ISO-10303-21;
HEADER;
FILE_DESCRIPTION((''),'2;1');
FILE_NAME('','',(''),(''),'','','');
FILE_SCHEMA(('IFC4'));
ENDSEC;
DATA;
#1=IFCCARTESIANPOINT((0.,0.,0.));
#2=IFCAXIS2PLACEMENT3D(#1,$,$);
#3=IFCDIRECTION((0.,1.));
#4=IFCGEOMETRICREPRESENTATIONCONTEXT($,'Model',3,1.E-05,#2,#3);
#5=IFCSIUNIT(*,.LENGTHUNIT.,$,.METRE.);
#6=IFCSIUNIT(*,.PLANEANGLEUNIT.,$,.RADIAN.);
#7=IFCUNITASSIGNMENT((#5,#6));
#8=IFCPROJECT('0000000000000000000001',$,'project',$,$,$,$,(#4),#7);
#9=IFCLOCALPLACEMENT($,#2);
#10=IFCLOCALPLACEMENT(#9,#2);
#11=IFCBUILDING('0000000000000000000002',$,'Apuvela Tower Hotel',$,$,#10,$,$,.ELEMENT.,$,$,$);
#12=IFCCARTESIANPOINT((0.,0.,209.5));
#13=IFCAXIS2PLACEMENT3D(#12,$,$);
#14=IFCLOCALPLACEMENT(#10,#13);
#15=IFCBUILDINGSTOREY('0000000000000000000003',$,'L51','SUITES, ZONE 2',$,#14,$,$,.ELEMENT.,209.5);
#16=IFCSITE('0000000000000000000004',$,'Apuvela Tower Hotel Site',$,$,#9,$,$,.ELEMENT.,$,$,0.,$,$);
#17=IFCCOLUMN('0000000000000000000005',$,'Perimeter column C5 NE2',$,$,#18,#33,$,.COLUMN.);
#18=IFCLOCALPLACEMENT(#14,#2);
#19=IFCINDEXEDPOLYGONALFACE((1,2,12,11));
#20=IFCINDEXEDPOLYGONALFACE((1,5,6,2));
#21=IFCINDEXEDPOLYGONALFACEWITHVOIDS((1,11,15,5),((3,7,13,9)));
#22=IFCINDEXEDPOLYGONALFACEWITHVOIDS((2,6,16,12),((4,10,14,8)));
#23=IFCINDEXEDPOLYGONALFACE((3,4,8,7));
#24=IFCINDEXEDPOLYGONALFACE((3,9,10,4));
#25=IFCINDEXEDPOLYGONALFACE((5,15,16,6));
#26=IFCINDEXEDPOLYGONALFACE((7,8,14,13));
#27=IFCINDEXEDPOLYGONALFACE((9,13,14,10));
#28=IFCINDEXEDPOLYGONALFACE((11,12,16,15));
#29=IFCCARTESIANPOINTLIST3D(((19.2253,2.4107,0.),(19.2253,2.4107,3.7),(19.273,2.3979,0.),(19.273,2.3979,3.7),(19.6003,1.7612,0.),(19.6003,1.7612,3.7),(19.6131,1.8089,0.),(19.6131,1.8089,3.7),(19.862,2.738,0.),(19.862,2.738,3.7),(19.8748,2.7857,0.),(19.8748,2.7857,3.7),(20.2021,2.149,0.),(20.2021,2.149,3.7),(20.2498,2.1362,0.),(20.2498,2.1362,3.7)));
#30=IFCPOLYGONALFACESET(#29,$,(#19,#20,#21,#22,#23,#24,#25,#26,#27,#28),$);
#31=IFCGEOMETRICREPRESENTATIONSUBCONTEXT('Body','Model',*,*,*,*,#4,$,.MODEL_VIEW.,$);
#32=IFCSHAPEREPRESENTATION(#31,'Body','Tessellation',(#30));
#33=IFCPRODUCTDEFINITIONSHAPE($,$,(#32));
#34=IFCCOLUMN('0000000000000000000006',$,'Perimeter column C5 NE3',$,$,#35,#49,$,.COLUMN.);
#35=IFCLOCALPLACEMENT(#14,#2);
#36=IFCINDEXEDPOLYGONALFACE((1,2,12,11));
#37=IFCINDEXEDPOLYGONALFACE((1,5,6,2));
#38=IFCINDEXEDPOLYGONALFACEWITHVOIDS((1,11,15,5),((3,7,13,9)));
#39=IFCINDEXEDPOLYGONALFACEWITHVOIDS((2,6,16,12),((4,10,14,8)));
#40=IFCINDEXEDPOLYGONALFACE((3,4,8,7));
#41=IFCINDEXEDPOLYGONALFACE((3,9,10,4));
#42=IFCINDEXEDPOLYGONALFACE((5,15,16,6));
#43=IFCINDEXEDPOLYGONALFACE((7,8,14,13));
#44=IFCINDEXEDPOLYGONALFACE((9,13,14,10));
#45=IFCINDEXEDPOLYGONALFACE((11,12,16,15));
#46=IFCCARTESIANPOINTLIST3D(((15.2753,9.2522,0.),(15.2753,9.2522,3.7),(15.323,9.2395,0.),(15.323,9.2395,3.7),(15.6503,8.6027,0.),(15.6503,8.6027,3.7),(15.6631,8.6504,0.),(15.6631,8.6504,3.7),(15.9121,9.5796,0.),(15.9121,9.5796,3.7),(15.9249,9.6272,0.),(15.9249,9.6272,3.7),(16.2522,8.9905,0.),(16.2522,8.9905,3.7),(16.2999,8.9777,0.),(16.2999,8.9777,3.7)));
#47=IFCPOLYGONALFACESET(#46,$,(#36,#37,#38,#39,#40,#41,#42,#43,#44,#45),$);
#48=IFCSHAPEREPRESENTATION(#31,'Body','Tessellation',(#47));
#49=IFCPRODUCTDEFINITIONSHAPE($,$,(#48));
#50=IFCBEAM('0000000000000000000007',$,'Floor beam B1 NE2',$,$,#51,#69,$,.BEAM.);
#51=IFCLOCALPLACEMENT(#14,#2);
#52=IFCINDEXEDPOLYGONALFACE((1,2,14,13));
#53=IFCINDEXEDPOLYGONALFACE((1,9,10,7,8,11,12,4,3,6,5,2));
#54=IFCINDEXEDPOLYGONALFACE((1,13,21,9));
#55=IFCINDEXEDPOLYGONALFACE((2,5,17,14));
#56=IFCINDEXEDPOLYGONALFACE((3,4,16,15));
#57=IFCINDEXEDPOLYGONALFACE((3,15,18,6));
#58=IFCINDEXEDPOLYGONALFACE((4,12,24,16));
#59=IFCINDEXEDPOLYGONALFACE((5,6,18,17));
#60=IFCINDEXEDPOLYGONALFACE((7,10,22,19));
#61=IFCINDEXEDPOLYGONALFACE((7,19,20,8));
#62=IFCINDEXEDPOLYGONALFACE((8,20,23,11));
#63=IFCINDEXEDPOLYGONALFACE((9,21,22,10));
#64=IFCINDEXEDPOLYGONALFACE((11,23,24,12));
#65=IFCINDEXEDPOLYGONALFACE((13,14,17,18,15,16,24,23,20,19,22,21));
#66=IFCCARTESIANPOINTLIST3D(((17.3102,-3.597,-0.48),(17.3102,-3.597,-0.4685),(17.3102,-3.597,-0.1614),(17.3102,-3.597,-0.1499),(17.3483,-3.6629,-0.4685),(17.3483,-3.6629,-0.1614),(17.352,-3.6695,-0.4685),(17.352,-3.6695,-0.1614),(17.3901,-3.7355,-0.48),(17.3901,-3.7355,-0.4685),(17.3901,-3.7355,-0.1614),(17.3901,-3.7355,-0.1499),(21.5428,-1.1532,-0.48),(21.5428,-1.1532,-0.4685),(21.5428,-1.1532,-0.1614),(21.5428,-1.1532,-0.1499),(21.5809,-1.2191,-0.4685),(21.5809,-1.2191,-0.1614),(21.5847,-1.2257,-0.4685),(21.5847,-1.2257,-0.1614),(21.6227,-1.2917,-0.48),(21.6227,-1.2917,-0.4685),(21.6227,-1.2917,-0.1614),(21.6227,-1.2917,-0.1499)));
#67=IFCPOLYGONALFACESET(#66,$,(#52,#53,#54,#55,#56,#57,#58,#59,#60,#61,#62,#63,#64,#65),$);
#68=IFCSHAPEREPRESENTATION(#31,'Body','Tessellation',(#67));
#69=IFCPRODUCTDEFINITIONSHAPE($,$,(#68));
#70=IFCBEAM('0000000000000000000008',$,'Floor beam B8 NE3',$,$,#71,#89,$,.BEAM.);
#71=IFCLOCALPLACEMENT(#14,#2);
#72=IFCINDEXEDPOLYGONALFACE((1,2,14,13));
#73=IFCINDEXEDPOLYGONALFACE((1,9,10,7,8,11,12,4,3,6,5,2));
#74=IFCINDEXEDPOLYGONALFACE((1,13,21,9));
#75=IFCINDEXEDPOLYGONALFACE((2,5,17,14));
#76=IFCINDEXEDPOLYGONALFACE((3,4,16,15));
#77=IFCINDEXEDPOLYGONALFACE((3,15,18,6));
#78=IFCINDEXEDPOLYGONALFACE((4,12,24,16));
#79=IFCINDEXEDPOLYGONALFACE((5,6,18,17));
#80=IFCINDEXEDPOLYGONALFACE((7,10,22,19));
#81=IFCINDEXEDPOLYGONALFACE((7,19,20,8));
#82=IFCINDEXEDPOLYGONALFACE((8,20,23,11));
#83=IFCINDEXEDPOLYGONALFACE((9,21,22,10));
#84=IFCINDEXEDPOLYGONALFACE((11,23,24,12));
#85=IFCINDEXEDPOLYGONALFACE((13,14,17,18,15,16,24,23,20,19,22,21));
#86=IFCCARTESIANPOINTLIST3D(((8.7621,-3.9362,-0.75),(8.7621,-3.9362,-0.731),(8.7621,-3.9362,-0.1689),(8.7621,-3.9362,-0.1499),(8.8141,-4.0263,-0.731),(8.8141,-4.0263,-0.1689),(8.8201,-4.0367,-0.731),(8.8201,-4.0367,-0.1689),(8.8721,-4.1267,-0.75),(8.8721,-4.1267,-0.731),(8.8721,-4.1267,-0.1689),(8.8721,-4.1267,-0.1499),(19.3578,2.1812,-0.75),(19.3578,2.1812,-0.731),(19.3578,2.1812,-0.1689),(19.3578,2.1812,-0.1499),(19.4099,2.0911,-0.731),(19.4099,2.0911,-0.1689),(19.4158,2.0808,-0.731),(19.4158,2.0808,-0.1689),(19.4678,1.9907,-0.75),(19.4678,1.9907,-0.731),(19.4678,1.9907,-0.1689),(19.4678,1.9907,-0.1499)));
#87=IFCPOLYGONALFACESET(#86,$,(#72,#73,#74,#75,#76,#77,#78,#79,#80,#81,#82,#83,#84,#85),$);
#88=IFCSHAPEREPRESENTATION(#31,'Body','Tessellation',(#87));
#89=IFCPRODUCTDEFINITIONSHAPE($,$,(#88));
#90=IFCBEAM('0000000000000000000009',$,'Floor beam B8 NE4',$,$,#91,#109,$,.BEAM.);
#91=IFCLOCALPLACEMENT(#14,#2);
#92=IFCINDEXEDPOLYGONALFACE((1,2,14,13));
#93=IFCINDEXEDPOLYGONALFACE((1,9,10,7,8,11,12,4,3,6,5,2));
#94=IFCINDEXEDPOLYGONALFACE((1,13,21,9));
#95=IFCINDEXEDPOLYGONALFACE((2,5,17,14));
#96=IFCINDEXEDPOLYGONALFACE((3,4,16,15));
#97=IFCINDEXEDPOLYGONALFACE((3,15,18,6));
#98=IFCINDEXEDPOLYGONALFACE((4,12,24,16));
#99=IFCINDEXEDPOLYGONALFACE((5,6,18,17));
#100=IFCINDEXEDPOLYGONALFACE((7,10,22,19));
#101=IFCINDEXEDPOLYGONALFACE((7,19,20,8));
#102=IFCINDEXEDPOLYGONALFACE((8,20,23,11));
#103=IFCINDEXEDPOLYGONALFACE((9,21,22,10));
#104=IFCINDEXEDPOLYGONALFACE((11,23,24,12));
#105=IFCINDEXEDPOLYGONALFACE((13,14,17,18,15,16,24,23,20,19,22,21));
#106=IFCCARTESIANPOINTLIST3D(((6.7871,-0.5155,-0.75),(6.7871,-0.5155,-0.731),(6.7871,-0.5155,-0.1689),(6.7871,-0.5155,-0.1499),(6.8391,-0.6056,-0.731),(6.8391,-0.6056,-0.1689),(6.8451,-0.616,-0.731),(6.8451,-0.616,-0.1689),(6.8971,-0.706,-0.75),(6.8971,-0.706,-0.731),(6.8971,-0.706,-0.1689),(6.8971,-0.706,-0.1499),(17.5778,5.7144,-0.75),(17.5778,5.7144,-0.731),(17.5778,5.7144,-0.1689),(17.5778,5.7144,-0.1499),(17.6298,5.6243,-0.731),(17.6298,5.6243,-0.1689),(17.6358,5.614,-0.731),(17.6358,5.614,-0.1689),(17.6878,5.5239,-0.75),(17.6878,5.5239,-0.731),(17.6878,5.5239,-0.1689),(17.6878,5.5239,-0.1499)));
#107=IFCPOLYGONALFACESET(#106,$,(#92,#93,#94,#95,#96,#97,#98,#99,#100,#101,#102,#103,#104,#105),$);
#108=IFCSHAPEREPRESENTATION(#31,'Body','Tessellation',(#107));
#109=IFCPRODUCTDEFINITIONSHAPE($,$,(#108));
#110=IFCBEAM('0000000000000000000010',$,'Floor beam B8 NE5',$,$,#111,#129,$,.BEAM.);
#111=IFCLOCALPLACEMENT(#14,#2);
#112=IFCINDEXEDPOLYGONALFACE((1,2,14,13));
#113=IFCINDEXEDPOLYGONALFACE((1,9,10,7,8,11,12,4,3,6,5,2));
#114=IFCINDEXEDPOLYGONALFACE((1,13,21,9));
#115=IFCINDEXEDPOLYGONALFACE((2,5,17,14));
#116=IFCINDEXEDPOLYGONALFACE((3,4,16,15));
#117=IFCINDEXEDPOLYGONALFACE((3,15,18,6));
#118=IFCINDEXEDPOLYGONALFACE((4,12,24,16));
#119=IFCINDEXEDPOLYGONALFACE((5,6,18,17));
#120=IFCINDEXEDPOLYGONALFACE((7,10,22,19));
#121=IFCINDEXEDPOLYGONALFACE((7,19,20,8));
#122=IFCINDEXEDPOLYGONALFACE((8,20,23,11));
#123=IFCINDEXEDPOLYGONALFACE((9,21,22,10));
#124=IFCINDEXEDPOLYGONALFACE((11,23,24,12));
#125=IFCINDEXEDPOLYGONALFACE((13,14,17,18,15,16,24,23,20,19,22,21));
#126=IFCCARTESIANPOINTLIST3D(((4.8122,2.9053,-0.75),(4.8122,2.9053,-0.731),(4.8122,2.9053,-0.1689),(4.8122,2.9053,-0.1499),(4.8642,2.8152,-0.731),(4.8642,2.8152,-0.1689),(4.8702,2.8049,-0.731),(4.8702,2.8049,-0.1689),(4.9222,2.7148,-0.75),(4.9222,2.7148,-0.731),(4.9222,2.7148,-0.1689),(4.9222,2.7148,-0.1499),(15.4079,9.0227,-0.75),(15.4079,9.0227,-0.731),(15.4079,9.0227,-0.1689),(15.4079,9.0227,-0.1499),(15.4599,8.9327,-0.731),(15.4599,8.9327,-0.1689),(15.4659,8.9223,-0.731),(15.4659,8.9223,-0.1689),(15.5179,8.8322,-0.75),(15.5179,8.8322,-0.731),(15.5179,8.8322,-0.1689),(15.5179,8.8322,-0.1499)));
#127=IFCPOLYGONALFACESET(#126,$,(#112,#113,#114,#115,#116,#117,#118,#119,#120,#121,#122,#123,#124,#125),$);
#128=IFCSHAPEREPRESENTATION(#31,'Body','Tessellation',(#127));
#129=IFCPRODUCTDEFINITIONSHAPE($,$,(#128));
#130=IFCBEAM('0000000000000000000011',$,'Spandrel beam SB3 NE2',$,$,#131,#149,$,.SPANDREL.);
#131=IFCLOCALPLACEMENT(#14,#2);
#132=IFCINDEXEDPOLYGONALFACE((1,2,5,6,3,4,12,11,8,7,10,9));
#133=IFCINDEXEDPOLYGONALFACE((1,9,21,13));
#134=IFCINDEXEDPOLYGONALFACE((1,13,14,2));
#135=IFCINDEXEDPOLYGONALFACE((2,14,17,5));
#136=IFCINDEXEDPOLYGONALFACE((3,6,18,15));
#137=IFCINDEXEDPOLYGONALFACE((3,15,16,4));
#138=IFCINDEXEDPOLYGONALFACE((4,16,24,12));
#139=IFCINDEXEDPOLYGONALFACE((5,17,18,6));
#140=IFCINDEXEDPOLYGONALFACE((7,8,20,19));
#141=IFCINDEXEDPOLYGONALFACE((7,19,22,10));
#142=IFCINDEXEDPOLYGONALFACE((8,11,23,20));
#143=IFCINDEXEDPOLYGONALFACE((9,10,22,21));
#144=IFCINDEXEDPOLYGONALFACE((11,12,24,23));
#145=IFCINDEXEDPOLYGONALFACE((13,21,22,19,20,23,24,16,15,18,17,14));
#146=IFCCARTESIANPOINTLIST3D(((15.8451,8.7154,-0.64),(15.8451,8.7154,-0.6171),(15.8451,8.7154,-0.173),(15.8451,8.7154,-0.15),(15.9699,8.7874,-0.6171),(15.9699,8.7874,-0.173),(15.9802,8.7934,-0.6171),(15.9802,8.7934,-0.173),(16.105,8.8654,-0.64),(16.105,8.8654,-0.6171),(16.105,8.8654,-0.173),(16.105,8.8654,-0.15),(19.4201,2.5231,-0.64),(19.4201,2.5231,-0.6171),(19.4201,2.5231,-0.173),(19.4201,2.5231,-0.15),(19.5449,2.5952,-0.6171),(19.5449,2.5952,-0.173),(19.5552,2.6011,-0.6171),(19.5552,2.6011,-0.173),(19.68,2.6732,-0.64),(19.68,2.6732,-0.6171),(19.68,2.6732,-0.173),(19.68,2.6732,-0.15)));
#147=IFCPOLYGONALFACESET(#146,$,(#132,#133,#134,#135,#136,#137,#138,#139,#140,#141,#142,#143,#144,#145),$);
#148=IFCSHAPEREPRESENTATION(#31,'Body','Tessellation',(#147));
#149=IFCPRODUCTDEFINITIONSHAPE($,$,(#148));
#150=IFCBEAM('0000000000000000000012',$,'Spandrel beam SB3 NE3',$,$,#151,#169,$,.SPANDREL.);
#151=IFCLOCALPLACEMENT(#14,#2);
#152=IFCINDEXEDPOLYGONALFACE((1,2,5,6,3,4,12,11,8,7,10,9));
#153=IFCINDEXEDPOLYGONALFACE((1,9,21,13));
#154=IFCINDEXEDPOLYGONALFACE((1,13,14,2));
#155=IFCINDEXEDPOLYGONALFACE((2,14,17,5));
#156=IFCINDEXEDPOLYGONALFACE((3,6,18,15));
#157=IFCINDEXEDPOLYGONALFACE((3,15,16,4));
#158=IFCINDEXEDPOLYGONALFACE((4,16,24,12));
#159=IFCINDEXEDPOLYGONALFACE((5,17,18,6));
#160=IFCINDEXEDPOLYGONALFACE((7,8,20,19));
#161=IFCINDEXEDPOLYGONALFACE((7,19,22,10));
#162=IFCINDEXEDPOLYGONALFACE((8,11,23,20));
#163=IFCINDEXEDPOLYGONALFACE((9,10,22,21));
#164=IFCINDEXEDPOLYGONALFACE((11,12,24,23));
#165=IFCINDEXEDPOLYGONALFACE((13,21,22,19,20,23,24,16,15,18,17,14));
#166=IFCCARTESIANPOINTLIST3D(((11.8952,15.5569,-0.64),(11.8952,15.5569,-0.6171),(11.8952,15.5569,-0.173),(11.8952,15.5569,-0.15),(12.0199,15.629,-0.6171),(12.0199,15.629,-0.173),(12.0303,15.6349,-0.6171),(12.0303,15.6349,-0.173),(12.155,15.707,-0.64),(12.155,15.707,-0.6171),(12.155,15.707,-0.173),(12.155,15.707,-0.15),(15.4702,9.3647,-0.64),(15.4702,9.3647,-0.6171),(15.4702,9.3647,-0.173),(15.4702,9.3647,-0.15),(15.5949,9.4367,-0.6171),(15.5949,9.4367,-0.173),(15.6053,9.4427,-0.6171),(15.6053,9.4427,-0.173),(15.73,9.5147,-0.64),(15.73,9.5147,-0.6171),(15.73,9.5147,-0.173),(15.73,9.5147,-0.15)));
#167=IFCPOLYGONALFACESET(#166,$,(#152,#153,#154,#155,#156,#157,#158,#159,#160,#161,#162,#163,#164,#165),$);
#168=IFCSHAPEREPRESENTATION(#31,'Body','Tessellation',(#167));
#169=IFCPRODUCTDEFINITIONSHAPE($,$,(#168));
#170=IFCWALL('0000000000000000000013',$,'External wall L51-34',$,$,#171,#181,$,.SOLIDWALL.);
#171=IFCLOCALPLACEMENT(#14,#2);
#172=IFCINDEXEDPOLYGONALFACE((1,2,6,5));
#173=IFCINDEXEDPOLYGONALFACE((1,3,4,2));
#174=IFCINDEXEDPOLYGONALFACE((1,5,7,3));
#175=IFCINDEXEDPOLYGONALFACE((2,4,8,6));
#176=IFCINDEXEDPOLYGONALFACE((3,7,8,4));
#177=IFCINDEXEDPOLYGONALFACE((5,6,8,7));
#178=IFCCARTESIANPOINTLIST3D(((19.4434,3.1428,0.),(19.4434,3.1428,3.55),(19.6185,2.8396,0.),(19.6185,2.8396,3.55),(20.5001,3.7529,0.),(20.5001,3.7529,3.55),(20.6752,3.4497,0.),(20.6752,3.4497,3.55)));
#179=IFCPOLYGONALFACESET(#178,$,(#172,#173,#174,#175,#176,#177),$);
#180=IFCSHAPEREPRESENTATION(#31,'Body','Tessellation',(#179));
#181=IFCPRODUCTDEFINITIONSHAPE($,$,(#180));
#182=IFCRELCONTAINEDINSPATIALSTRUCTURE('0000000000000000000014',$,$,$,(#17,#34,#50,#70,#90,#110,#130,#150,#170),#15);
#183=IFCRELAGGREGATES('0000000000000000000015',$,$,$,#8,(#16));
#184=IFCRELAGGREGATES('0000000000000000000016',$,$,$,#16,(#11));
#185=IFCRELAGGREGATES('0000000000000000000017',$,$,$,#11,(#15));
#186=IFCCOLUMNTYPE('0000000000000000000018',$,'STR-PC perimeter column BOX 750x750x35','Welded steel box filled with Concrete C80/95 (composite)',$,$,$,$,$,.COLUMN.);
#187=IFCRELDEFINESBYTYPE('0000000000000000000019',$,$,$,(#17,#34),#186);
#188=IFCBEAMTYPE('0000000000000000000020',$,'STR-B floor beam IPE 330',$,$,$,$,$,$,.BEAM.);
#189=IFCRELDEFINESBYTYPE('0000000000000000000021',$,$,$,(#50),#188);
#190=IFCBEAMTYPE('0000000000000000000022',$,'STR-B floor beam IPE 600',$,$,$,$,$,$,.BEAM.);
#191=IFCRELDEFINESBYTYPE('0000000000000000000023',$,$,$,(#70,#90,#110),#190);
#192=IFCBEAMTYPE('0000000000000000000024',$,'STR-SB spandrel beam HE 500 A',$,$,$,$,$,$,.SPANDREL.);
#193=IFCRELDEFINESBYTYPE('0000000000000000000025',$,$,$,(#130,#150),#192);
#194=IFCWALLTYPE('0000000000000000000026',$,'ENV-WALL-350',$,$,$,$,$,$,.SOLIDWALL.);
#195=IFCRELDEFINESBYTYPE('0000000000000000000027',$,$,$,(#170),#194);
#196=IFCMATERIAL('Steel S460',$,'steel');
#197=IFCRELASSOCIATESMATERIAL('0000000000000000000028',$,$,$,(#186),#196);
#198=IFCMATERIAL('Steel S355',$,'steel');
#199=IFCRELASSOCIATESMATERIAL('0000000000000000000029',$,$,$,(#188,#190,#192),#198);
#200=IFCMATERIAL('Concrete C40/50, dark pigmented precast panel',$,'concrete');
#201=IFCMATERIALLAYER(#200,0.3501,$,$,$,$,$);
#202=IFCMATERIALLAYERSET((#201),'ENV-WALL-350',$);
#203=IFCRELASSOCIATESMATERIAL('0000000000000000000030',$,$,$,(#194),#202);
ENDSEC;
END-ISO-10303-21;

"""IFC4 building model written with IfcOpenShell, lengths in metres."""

from ifc_helpers import new_model, si_unit, direction, frame, frame_2d, origin, origin_2d, place, context, subcontext, project, spatial, rectangle, hollow_rectangle, i_section, extrude, material, layer, layer_set, material_profile, profile_set, type_object, element, save


model = new_model("IFC4")

# Units and contexts
model_context = context("Model", 3, precision=1e-05, world=origin(), true_north=direction((0.0, 1.0)))
body_context = subcontext(model_context, "Body", "Model", "MODEL_VIEW")
ifc_project = project(units=[si_unit("LENGTHUNIT", "METRE"), si_unit("PLANEANGLEUNIT", "RADIAN")], contexts=[model_context])

# Site, building, storey
site_placement = place(None, origin())
site = spatial("IfcSite", under=ifc_project, at=site_placement, Name="Apuvela Tower Hotel Site", CompositionType="ELEMENT", RefElevation=0.0)
building_placement = place(site_placement, origin())
building = spatial("IfcBuilding", under=site, at=building_placement, Name="Apuvela Tower Hotel", CompositionType="ELEMENT")
storey_placement = place(building_placement, frame((0.0, 0.0, 209.5)))
storey = spatial("IfcBuildingStorey", under=building, at=storey_placement, Name="L51", Description="SUITES, ZONE 2", CompositionType="ELEMENT", Elevation=209.5)

# Columns
ifc_material_1 = material(Name="Steel S460", Category="steel")
ifc_material_profile_1 = material_profile(ifc_material_1, hollow_rectangle(XDim=0.75, YDim=0.75, WallThickness=0.0349, at=origin_2d()), Name="BOX 750x750x35")
ifc_material_2 = material(Name="Concrete C80/95", Category="concrete")
ifc_material_profile_2 = material_profile(ifc_material_2, rectangle(XDim=0.6799, YDim=0.6799, at=origin_2d()), Name="Concrete C80/95 infill")
ifc_profile_set_1 = profile_set([ifc_material_profile_1, ifc_material_profile_2], Name="Steel S460")
column_type = type_object("IfcColumnType", Name="STR-PC perimeter column BOX 750x750x35", Description="Welded steel box filled with Concrete C80/95 (composite)", PredefinedType="COLUMN", material=ifc_profile_set_1)
for number, where, z_axis, x_axis, name in (
    (1, (19.7375, 2.2734, 0.0), (0.0, 0.0, 1.0), (-0.5, 0.866025, 0.0), "Perimeter column C5 NE2"),
    (2, (15.7876, 9.115, 0.0), (0.0, 0.0, 1.0), (-0.5, 0.866025, 0.0), "Perimeter column C5 NE3"),
):
    element("IfcColumn", number, at=place(storey_placement, frame(where, z_axis=z_axis, x_axis=x_axis)), inside=storey, type_object=column_type, Name=name, PredefinedType="COLUMN", context=body_context, shape_type="SweptSolid", body=[
        extrude(hollow_rectangle(XDim=0.75, YDim=0.75, WallThickness=0.0349, at=origin_2d()), origin(), (0.0, 0.0, 1.0), 3.7),
    ])

# Beams
ifc_material_3 = material(Name="Steel S355", Category="steel")
ifc_material_profile_3 = material_profile(ifc_material_3, i_section(OverallWidth=0.1599, OverallDepth=0.3301, WebThickness=0.0076, FlangeThickness=0.0115, at=origin_2d()), Name="IPE 330")
ifc_profile_set_2 = profile_set([ifc_material_profile_3], Name="Steel S355")
beam_type_1 = type_object("IfcBeamType", Name="STR-B floor beam IPE 330", PredefinedType="BEAM", material=ifc_profile_set_2)
beam_1_placement = place(storey_placement, frame((21.5828, -1.2224, -0.3149), z_axis=(-0.866015, -0.500018, 0.0), x_axis=(0.500018, -0.866015, 0.0)))
element("IfcBeam", 3, at=beam_1_placement, inside=storey, type_object=beam_type_1, Name="Floor beam B1 NE2", PredefinedType="BEAM", context=body_context, shape_type="SweptSolid", body=[
    extrude(i_section(OverallWidth=0.1599, OverallDepth=0.3301, WebThickness=0.0076, FlangeThickness=0.0115, at=origin_2d()), origin(), (0.0, 0.0, 1.0), 4.8875),
])
ifc_material_profile_4 = material_profile(ifc_material_3, i_section(OverallWidth=0.22, OverallDepth=0.6001, WebThickness=0.012, FlangeThickness=0.019, at=origin_2d()), Name="IPE 600")
ifc_profile_set_3 = profile_set([ifc_material_profile_4], Name="Steel S355")
beam_type_2 = type_object("IfcBeamType", Name="STR-B floor beam IPE 600", PredefinedType="BEAM", material=ifc_profile_set_3)
beam_2_placement = place(storey_placement, frame((19.4128, 2.0859, -0.45), z_axis=(-0.866025, -0.5, 0.0), x_axis=(0.5, -0.866025, 0.0)))
element("IfcBeam", 4, at=beam_2_placement, inside=storey, type_object=beam_type_2, Name="Floor beam B8 NE3", PredefinedType="BEAM", context=body_context, shape_type="SweptSolid", body=[
    extrude(i_section(OverallWidth=0.22, OverallDepth=0.6001, WebThickness=0.012, FlangeThickness=0.019, at=origin_2d()), origin(), (0.0, 0.0, 1.0), 12.2349),
])
beam_3_placement = place(storey_placement, frame((17.6328, 5.6191, -0.45), z_axis=(-0.866028, -0.499996, 0.0), x_axis=(0.499996, -0.866028, 0.0)))
element("IfcBeam", 5, at=beam_3_placement, inside=storey, type_object=beam_type_2, Name="Floor beam B8 NE4", PredefinedType="BEAM", context=body_context, shape_type="SweptSolid", body=[
    extrude(i_section(OverallWidth=0.22, OverallDepth=0.6001, WebThickness=0.012, FlangeThickness=0.019, at=origin_2d()), origin(), (0.0, 0.0, 1.0), 12.46),
])
beam_4_placement = place(storey_placement, frame((15.4629, 8.9275, -0.45), z_axis=(-0.866025, -0.5, 0.0), x_axis=(0.5, -0.866025, 0.0)))
element("IfcBeam", 6, at=beam_4_placement, inside=storey, type_object=beam_type_2, Name="Floor beam B8 NE5", PredefinedType="BEAM", context=body_context, shape_type="SweptSolid", body=[
    extrude(i_section(OverallWidth=0.22, OverallDepth=0.6001, WebThickness=0.012, FlangeThickness=0.019, at=origin_2d()), origin(), (0.0, 0.0, 1.0), 12.2349),
])
ifc_material_profile_5 = material_profile(ifc_material_3, i_section(OverallWidth=0.3, OverallDepth=0.49, WebThickness=0.012, FlangeThickness=0.0229, at=origin_2d()), Name="HE 500 A")
ifc_profile_set_4 = profile_set([ifc_material_profile_5], Name="Steel S355")
beam_type_3 = type_object("IfcBeamType", Name="STR-SB spandrel beam HE 500 A", PredefinedType="SPANDREL", material=ifc_profile_set_4)
for number, where, z_axis, x_axis, name in (
    (7, (19.55, 2.5981, -0.395), (-0.499991, 0.86603, 0.0), (-0.86603, -0.499991, 0.0), "Spandrel beam SB3 NE2"),
    (8, (15.6001, 9.4397, -0.395), (-0.499991, 0.86603, 0.0), (-0.86603, -0.499991, 0.0), "Spandrel beam SB3 NE3"),
):
    element("IfcBeam", number, at=place(storey_placement, frame(where, z_axis=z_axis, x_axis=x_axis)), inside=storey, type_object=beam_type_3, Name=name, PredefinedType="SPANDREL", context=body_context, shape_type="SweptSolid", body=[
        extrude(i_section(OverallWidth=0.3, OverallDepth=0.49, WebThickness=0.012, FlangeThickness=0.0229, at=origin_2d()), origin(), (0.0, 0.0, 1.0), 7.1501),
    ])

# Wall
ifc_material_4 = material(Name="Concrete C40/50, dark pigmented precast panel", Category="concrete")
ifc_layer_1 = layer(ifc_material_4, 0.3501)
ifc_layer_set_1 = layer_set([ifc_layer_1], Name="ENV-WALL-350")
wall_type_1 = type_object("IfcWallType", Name="ENV-WALL-350", PredefinedType="SOLIDWALL", material=ifc_layer_set_1)
wall_1_placement = place(storey_placement, frame((20.5876, 3.6013, 0.0), z_axis=(0.0, 0.0, 1.0), x_axis=(-0.866006, -0.500034, 0.0)))
element("IfcWall", 9, at=wall_1_placement, inside=storey, type_object=wall_type_1, Name="External wall L51-34", PredefinedType="SOLIDWALL", context=body_context, shape_type="SweptSolid", body=[
    extrude(rectangle(XDim=1.2202, YDim=0.3501, at=frame_2d((0.6101, 0.0))), origin(), (0.0, 0.0, 1.0), 3.55),
])

save(model, "model.ifc")
